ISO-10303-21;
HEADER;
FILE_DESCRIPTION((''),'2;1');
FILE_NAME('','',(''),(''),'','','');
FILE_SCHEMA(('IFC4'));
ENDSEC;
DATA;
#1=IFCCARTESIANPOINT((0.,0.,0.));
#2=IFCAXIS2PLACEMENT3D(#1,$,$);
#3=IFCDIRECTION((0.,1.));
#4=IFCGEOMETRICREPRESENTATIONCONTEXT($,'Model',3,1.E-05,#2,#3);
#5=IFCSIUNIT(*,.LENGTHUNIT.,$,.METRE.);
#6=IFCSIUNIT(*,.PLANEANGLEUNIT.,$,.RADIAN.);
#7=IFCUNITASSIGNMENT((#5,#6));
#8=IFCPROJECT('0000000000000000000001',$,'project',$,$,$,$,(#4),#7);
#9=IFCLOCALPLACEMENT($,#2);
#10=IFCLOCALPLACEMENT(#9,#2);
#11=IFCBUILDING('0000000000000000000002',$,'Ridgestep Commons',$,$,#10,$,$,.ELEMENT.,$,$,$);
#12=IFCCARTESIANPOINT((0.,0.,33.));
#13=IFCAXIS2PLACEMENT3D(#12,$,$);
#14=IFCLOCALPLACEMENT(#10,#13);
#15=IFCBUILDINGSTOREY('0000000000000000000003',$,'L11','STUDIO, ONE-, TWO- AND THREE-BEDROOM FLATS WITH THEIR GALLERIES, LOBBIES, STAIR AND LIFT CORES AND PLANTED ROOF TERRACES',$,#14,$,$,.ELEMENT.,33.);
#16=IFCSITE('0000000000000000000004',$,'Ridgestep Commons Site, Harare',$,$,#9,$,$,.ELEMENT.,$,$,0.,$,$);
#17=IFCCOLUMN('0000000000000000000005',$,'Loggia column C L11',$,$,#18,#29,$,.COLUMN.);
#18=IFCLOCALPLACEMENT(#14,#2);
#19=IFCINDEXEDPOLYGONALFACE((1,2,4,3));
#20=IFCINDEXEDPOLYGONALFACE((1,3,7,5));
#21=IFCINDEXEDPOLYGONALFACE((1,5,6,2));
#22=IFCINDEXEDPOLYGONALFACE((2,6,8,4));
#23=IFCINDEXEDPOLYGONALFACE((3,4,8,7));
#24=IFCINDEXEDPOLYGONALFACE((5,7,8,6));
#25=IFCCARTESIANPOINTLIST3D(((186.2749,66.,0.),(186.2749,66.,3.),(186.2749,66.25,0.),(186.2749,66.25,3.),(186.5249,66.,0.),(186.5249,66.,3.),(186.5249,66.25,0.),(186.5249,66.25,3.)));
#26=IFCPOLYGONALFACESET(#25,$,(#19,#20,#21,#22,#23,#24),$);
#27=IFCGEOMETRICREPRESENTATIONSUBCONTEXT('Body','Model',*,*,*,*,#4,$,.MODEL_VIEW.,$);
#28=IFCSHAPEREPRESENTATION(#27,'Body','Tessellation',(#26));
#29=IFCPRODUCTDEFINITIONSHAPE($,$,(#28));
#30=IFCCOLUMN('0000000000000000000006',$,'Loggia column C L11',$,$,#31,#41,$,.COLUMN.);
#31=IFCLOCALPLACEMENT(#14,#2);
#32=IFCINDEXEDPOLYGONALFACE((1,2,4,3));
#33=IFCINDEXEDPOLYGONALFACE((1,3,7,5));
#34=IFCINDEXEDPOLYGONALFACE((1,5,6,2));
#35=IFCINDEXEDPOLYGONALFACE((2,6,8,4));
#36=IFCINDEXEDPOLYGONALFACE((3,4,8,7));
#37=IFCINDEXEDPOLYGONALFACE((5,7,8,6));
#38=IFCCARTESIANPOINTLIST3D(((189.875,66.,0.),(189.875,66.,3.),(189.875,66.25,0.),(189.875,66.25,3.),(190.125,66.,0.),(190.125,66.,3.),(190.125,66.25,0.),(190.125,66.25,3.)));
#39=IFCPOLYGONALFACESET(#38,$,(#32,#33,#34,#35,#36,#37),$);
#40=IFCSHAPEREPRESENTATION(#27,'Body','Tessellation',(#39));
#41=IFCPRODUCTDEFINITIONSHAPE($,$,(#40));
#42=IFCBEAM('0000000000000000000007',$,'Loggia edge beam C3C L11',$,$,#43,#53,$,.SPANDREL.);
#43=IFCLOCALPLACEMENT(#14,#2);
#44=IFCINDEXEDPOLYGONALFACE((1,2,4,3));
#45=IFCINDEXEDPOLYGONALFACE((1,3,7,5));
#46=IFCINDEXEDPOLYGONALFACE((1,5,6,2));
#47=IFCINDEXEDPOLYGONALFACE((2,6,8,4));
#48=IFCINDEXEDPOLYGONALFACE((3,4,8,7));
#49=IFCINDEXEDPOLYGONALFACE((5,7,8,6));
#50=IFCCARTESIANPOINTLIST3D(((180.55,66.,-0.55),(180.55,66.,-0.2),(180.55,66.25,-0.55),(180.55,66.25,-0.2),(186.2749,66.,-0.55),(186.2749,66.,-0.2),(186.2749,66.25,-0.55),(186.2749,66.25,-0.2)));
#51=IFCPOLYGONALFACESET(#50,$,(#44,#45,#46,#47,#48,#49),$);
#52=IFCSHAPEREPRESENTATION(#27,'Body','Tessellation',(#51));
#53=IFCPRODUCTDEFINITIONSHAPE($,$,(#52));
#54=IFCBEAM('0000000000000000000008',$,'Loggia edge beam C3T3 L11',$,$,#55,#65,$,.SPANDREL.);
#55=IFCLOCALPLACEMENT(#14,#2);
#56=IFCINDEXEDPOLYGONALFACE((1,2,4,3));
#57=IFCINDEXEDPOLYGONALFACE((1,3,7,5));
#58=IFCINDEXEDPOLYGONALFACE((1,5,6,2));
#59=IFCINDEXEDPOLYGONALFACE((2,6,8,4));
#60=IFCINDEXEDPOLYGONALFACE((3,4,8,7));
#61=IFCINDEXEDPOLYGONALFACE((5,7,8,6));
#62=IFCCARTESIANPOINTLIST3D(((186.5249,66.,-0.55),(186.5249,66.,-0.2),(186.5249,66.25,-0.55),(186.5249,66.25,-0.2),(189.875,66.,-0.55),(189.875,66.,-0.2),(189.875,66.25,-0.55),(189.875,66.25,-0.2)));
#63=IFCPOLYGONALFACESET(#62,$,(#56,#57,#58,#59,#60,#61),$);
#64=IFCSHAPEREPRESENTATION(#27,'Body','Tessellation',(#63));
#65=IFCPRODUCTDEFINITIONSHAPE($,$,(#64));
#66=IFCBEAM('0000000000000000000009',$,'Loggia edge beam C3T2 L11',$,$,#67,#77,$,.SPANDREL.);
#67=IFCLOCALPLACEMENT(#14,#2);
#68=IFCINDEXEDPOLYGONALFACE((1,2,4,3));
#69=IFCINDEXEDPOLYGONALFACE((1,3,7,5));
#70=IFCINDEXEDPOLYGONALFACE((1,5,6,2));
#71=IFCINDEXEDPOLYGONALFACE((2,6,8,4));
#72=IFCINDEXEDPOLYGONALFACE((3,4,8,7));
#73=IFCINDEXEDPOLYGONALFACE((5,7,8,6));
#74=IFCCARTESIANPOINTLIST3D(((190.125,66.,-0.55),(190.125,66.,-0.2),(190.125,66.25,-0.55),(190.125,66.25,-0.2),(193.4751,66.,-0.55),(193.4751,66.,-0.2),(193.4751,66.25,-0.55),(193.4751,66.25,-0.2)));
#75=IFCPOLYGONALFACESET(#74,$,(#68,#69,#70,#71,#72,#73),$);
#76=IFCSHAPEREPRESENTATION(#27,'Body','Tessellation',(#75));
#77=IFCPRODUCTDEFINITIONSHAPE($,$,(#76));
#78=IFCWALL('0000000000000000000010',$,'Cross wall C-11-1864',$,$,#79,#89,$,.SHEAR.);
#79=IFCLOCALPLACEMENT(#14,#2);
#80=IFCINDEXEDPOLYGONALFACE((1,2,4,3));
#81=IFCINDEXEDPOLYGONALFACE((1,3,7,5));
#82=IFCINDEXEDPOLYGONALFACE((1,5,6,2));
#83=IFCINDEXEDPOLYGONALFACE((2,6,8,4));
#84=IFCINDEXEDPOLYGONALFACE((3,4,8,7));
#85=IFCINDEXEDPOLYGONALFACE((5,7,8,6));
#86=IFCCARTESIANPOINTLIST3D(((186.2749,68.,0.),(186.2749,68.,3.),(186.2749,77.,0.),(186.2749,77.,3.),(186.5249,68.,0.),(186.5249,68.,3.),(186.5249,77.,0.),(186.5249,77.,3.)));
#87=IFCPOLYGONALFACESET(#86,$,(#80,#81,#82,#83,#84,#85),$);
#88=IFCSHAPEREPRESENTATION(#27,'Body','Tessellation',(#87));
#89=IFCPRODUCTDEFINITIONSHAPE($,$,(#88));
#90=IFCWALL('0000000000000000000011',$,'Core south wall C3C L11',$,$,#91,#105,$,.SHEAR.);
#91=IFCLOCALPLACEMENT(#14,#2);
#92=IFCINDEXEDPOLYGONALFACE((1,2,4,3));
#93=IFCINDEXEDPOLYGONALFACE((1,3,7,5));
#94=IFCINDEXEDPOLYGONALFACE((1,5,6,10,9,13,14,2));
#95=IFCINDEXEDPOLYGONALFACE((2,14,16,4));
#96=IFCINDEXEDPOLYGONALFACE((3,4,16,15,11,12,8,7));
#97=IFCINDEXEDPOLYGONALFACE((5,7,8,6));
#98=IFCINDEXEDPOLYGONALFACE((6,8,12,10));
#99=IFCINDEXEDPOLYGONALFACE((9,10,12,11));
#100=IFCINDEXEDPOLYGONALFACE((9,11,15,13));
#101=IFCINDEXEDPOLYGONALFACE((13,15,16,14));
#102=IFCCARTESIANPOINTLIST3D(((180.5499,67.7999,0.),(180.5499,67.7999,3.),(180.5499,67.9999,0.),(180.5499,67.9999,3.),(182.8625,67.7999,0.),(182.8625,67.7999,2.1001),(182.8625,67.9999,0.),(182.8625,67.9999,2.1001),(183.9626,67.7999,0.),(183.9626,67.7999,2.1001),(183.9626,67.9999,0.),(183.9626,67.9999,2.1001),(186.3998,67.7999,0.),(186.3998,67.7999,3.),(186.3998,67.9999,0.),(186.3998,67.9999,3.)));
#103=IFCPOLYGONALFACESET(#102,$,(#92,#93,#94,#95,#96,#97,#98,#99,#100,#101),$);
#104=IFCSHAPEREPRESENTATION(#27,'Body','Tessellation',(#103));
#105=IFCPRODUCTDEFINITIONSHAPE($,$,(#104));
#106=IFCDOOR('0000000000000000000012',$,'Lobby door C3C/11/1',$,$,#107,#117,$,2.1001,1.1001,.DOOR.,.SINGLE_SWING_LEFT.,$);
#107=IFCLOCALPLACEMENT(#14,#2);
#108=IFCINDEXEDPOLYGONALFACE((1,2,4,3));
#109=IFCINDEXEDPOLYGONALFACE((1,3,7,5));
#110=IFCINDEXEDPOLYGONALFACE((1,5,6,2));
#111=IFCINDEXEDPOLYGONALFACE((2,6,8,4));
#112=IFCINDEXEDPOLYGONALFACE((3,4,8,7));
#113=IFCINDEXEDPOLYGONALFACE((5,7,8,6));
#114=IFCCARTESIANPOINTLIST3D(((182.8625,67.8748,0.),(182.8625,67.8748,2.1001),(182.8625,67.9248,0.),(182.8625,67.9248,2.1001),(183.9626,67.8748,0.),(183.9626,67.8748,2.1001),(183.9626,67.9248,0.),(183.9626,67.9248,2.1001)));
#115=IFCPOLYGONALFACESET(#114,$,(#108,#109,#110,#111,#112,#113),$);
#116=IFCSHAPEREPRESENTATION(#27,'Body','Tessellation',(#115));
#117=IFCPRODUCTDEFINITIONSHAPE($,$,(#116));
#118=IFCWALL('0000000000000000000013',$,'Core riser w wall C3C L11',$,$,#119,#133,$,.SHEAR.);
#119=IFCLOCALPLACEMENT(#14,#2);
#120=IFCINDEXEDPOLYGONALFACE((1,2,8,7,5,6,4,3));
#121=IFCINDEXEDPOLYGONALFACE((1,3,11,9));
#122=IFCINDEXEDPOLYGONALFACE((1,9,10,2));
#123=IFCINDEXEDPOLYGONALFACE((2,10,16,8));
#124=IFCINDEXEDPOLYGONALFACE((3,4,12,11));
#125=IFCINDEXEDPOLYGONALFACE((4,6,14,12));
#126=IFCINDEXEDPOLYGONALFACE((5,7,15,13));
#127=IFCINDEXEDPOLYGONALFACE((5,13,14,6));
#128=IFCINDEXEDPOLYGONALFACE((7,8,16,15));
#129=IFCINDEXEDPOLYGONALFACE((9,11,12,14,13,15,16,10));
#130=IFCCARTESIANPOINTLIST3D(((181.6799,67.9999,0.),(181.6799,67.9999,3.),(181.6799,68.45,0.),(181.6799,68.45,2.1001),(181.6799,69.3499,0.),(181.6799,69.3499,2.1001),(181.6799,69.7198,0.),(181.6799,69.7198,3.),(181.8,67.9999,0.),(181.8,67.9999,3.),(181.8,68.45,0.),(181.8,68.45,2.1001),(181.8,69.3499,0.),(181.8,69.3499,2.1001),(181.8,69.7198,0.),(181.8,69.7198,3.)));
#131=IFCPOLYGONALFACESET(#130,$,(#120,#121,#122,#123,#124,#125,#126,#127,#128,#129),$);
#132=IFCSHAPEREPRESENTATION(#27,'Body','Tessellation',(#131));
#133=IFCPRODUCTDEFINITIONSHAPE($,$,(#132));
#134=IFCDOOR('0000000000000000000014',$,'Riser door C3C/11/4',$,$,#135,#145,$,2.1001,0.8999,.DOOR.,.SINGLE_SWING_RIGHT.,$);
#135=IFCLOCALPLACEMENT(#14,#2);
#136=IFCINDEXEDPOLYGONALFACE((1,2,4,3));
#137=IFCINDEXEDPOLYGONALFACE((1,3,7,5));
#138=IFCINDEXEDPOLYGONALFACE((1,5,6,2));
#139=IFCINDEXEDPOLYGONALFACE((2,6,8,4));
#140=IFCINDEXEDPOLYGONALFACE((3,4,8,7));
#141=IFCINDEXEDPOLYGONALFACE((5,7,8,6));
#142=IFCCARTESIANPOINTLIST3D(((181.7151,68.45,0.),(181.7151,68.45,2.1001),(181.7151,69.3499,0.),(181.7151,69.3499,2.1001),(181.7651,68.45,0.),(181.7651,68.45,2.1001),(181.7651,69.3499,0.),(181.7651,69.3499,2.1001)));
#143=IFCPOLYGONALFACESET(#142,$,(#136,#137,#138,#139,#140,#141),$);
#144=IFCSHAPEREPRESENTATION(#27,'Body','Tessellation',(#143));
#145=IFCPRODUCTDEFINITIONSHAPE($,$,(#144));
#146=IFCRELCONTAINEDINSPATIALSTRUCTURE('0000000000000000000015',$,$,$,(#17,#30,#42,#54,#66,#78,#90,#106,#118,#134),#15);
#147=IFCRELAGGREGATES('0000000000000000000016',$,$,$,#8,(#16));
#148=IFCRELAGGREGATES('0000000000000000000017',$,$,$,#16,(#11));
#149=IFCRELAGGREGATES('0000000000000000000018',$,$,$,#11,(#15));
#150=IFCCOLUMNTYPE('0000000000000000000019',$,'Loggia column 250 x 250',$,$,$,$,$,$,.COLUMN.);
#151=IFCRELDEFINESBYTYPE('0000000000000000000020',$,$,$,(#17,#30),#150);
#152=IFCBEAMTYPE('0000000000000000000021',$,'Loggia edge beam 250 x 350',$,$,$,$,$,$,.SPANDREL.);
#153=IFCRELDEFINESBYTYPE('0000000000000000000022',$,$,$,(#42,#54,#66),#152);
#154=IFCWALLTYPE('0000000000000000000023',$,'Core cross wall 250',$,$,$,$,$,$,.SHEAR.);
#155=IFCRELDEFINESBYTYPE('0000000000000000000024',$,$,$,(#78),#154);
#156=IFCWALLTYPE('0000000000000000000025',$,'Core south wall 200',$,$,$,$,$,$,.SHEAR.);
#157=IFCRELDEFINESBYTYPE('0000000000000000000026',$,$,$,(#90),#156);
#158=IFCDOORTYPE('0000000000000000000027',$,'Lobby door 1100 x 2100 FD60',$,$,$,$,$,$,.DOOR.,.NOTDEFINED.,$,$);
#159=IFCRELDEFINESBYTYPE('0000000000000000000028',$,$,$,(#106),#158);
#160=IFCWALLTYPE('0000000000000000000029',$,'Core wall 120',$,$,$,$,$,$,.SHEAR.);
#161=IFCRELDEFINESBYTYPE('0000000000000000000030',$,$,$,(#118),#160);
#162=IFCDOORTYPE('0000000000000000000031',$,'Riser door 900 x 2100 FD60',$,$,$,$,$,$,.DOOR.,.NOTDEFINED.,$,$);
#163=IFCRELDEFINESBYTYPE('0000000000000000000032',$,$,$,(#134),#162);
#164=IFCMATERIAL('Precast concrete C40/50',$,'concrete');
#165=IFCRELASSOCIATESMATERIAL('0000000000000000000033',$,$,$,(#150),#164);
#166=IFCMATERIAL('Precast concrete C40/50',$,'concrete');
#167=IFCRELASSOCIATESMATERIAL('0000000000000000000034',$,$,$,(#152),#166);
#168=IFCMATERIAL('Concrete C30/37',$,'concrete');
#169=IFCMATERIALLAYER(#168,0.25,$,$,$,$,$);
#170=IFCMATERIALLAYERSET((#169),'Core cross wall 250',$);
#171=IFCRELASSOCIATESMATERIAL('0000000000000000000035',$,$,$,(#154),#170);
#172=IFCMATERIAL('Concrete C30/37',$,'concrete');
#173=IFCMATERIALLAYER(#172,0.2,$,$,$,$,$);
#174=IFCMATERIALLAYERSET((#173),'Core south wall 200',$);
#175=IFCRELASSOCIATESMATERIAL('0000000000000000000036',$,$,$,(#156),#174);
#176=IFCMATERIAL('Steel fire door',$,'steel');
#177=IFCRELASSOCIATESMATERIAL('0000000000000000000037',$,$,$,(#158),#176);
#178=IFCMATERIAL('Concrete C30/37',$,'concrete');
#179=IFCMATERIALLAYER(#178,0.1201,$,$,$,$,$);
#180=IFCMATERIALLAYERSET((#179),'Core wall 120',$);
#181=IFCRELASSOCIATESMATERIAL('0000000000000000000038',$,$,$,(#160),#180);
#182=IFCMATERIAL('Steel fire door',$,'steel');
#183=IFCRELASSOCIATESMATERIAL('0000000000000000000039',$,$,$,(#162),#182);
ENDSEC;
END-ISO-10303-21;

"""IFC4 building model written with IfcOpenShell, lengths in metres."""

from ifc_helpers import new_model, si_unit, direction, frame, frame_2d, origin, origin_2d, place, context, subcontext, project, spatial, rectangle, extrude, material, layer, layer_set, material_profile, profile_set, type_object, element, fill, save


model = new_model("IFC4")

# Units and contexts
model_context = context("Model", 3, precision=1e-05, world=origin(), true_north=direction((0.0, 1.0)))
body_context = subcontext(model_context, "Body", "Model", "MODEL_VIEW")
ifc_project = project(units=[si_unit("LENGTHUNIT", "METRE"), si_unit("PLANEANGLEUNIT", "RADIAN")], contexts=[model_context])

# Site, building, storey
site_placement = place(None, origin())
site = spatial("IfcSite", under=ifc_project, at=site_placement, Name="Ridgestep Commons Site, Harare", CompositionType="ELEMENT", RefElevation=0.0)
building_placement = place(site_placement, origin())
building = spatial("IfcBuilding", under=site, at=building_placement, Name="Ridgestep Commons", CompositionType="ELEMENT")
storey_placement = place(building_placement, frame((0.0, 0.0, 33.0)))
storey = spatial("IfcBuildingStorey", under=building, at=storey_placement, Name="L11", Description="STUDIO, ONE-, TWO- AND THREE-BEDROOM FLATS WITH THEIR GALLERIES, LOBBIES, STAIR AND LIFT CORES AND PLANTED ROOF TERRACES", CompositionType="ELEMENT", Elevation=33.0)

# Columns
ifc_material_1 = material(Name="Precast concrete C40/50", Category="concrete")
ifc_material_profile_1 = material_profile(ifc_material_1, rectangle(XDim=0.25, YDim=0.25, at=origin_2d()), Name="PC 250x250")
ifc_profile_set_1 = profile_set([ifc_material_profile_1], Name="Precast concrete C40/50")
column_type = type_object("IfcColumnType", Name="Loggia column 250 x 250", PredefinedType="COLUMN", material=ifc_profile_set_1)
for number, where, z_axis, x_axis, name in (
    (1, (186.3999, 66.125, 0.0), (0.0, 0.0, 1.0), (1.0, 0.0, 0.0), "Loggia column C L11"),
    (2, (190.0, 66.125, 0.0), (0.0, 0.0, 1.0), (1.0, 0.0, 0.0), "Loggia column C L11"),
):
    element("IfcColumn", number, at=place(storey_placement, frame(where, z_axis=z_axis, x_axis=x_axis)), inside=storey, type_object=column_type, Name=name, PredefinedType="COLUMN", context=body_context, shape_type="SweptSolid", body=[
        extrude(rectangle(XDim=0.25, YDim=0.25, at=origin_2d()), origin(), (0.0, 0.0, 1.0), 3.0),
    ])

# Beams
ifc_material_2 = material(Name="Precast concrete C40/50", Category="concrete")
ifc_material_profile_2 = material_profile(ifc_material_2, rectangle(XDim=0.25, YDim=0.3501, at=origin_2d()), Name="PC 250x350")
ifc_profile_set_2 = profile_set([ifc_material_profile_2], Name="Precast concrete C40/50")
beam_type = type_object("IfcBeamType", Name="Loggia edge beam 250 x 350", PredefinedType="SPANDREL", material=ifc_profile_set_2)
beam_placement = place(storey_placement, frame((180.55, 66.125, -0.375), z_axis=(1.0, 0.0, 0.0), x_axis=(0.0, 1.0, 0.0)))
element("IfcBeam", 3, at=beam_placement, inside=storey, type_object=beam_type, Name="Loggia edge beam C3C L11", PredefinedType="SPANDREL", context=body_context, shape_type="SweptSolid", body=[
    extrude(rectangle(XDim=0.25, YDim=0.3501, at=origin_2d()), origin(), (0.0, 0.0, 1.0), 5.7249),
])
for number, where, z_axis, x_axis, name in (
    (4, (186.5249, 66.125, -0.375), (1.0, 0.0, 0.0), (0.0, 1.0, 0.0), "Loggia edge beam C3T3 L11"),
    (5, (190.125, 66.125, -0.375), (1.0, 0.0, 0.0), (0.0, 1.0, 0.0), "Loggia edge beam C3T2 L11"),
):
    element("IfcBeam", number, at=place(storey_placement, frame(where, z_axis=z_axis, x_axis=x_axis)), inside=storey, type_object=beam_type, Name=name, PredefinedType="SPANDREL", context=body_context, shape_type="SweptSolid", body=[
        extrude(rectangle(XDim=0.25, YDim=0.3501, at=origin_2d()), origin(), (0.0, 0.0, 1.0), 3.3501),
    ])

# Wall
ifc_material_3 = material(Name="Concrete C30/37", Category="concrete")
ifc_layer_1 = layer(ifc_material_3, 0.25)
ifc_layer_set_1 = layer_set([ifc_layer_1], Name="Core cross wall 250")
wall_type_1 = type_object("IfcWallType", Name="Core cross wall 250", PredefinedType="SHEAR", material=ifc_layer_set_1)
wall_1_placement = place(storey_placement, frame((186.3999, 68.0, 0.0), z_axis=(0.0, 0.0, 1.0), x_axis=(0.0, 1.0, 0.0)))
element("IfcWall", 6, at=wall_1_placement, inside=storey, type_object=wall_type_1, Name="Cross wall C-11-1864", PredefinedType="SHEAR", context=body_context, shape_type="SweptSolid", body=[
    extrude(rectangle(XDim=9.0, YDim=0.25, at=frame_2d((4.5, 0.0))), origin(), (0.0, 0.0, 1.0), 3.0),
])

# Walls, openings, doors
ifc_material_4 = material(Name="Concrete C30/37", Category="concrete")
ifc_layer_2 = layer(ifc_material_4, 0.2)
ifc_layer_set_2 = layer_set([ifc_layer_2], Name="Core south wall 200")
wall_type_2 = type_object("IfcWallType", Name="Core south wall 200", PredefinedType="SHEAR", material=ifc_layer_set_2)
wall_2_placement = place(storey_placement, frame((180.55, 67.8999, 0.0), z_axis=(0.0, 0.0, 1.0), x_axis=(1.0, 0.0, 0.0)))
wall_2 = element("IfcWall", 7, at=wall_2_placement, inside=storey, type_object=wall_type_2, Name="Core south wall C3C L11", PredefinedType="SHEAR", context=body_context, shape_type="SweptSolid", body=[
    extrude(rectangle(XDim=5.8499, YDim=0.2, at=frame_2d((2.9248, 0.0))), origin(), (0.0, 0.0, 1.0), 3.0),
])
opening_1_placement = place(wall_2_placement, frame((2.3125, 0.0, 0.0)))
opening_1 = element("IfcOpeningElement", 8, at=opening_1_placement, cuts=wall_2, PredefinedType="OPENING", context=body_context, shape_type="SweptSolid", body=[
    extrude(rectangle(XDim=1.1001, YDim=2.1001, at=frame_2d((0.55, 1.05))), frame((0.0, 0.1099, 0.0), z_axis=(0.0, -1.0, 0.0), x_axis=(1.0, 0.0, 0.0)), (0.0, 0.0, 1.0), 0.22),
])
ifc_material_5 = material(Name="Steel fire door", Category="steel")
door_type_1 = type_object("IfcDoorType", Name="Lobby door 1100 x 2100 FD60", OperationType="NOTDEFINED", PredefinedType="DOOR", material=ifc_material_5)
door_1_placement = place(opening_1_placement, origin())
door_1 = element("IfcDoor", 9, at=door_1_placement, inside=storey, type_object=door_type_1, Name="Lobby door C3C/11/1", OperationType="SINGLE_SWING_LEFT", OverallHeight=2.1001, OverallWidth=1.1001, PredefinedType="DOOR", context=body_context, shape_type="SweptSolid", body=[
    extrude(rectangle(XDim=1.1001, YDim=2.1001, at=frame_2d((0.55, 1.05))), frame((0.0, 0.0249, 0.0), z_axis=(0.0, -1.0, 0.0), x_axis=(1.0, 0.0, 0.0)), (0.0, 0.0, 1.0), 0.05),
])
fill(opening_1, door_1)
ifc_material_6 = material(Name="Concrete C30/37", Category="concrete")
ifc_layer_3 = layer(ifc_material_6, 0.1201)
ifc_layer_set_3 = layer_set([ifc_layer_3], Name="Core wall 120")
wall_type_3 = type_object("IfcWallType", Name="Core wall 120", PredefinedType="SHEAR", material=ifc_layer_set_3)
wall_3_placement = place(storey_placement, frame((181.74, 68.0, 0.0), z_axis=(0.0, 0.0, 1.0), x_axis=(0.0, 1.0, 0.0)))
wall_3 = element("IfcWall", 10, at=wall_3_placement, inside=storey, type_object=wall_type_3, Name="Core riser w wall C3C L11", PredefinedType="SHEAR", context=body_context, shape_type="SweptSolid", body=[
    extrude(rectangle(XDim=1.72, YDim=0.1201, at=frame_2d((0.8599, 0.0))), origin(), (0.0, 0.0, 1.0), 3.0),
])
opening_2_placement = place(wall_3_placement, frame((0.45, 0.0, 0.0)))
opening_2 = element("IfcOpeningElement", 11, at=opening_2_placement, cuts=wall_3, PredefinedType="OPENING", context=body_context, shape_type="SweptSolid", body=[
    extrude(rectangle(XDim=0.8999, YDim=2.1001, at=frame_2d((0.45, 1.05))), frame((0.0, 0.0701, 0.0), z_axis=(0.0, -1.0, 0.0), x_axis=(1.0, 0.0, 0.0)), (0.0, 0.0, 1.0), 0.1401),
])
ifc_material_7 = material(Name="Steel fire door", Category="steel")
door_type_2 = type_object("IfcDoorType", Name="Riser door 900 x 2100 FD60", OperationType="NOTDEFINED", PredefinedType="DOOR", material=ifc_material_7)
door_2_placement = place(opening_2_placement, origin())
door_2 = element("IfcDoor", 12, at=door_2_placement, inside=storey, type_object=door_type_2, Name="Riser door C3C/11/4", OperationType="SINGLE_SWING_RIGHT", OverallHeight=2.1001, OverallWidth=0.8999, PredefinedType="DOOR", context=body_context, shape_type="SweptSolid", body=[
    extrude(rectangle(XDim=0.8999, YDim=2.1001, at=frame_2d((0.45, 1.05))), frame((0.0, 0.0249, 0.0), z_axis=(0.0, -1.0, 0.0), x_axis=(1.0, 0.0, 0.0)), (0.0, 0.0, 1.0), 0.05),
])
fill(opening_2, door_2)

save(model, "model.ifc")
